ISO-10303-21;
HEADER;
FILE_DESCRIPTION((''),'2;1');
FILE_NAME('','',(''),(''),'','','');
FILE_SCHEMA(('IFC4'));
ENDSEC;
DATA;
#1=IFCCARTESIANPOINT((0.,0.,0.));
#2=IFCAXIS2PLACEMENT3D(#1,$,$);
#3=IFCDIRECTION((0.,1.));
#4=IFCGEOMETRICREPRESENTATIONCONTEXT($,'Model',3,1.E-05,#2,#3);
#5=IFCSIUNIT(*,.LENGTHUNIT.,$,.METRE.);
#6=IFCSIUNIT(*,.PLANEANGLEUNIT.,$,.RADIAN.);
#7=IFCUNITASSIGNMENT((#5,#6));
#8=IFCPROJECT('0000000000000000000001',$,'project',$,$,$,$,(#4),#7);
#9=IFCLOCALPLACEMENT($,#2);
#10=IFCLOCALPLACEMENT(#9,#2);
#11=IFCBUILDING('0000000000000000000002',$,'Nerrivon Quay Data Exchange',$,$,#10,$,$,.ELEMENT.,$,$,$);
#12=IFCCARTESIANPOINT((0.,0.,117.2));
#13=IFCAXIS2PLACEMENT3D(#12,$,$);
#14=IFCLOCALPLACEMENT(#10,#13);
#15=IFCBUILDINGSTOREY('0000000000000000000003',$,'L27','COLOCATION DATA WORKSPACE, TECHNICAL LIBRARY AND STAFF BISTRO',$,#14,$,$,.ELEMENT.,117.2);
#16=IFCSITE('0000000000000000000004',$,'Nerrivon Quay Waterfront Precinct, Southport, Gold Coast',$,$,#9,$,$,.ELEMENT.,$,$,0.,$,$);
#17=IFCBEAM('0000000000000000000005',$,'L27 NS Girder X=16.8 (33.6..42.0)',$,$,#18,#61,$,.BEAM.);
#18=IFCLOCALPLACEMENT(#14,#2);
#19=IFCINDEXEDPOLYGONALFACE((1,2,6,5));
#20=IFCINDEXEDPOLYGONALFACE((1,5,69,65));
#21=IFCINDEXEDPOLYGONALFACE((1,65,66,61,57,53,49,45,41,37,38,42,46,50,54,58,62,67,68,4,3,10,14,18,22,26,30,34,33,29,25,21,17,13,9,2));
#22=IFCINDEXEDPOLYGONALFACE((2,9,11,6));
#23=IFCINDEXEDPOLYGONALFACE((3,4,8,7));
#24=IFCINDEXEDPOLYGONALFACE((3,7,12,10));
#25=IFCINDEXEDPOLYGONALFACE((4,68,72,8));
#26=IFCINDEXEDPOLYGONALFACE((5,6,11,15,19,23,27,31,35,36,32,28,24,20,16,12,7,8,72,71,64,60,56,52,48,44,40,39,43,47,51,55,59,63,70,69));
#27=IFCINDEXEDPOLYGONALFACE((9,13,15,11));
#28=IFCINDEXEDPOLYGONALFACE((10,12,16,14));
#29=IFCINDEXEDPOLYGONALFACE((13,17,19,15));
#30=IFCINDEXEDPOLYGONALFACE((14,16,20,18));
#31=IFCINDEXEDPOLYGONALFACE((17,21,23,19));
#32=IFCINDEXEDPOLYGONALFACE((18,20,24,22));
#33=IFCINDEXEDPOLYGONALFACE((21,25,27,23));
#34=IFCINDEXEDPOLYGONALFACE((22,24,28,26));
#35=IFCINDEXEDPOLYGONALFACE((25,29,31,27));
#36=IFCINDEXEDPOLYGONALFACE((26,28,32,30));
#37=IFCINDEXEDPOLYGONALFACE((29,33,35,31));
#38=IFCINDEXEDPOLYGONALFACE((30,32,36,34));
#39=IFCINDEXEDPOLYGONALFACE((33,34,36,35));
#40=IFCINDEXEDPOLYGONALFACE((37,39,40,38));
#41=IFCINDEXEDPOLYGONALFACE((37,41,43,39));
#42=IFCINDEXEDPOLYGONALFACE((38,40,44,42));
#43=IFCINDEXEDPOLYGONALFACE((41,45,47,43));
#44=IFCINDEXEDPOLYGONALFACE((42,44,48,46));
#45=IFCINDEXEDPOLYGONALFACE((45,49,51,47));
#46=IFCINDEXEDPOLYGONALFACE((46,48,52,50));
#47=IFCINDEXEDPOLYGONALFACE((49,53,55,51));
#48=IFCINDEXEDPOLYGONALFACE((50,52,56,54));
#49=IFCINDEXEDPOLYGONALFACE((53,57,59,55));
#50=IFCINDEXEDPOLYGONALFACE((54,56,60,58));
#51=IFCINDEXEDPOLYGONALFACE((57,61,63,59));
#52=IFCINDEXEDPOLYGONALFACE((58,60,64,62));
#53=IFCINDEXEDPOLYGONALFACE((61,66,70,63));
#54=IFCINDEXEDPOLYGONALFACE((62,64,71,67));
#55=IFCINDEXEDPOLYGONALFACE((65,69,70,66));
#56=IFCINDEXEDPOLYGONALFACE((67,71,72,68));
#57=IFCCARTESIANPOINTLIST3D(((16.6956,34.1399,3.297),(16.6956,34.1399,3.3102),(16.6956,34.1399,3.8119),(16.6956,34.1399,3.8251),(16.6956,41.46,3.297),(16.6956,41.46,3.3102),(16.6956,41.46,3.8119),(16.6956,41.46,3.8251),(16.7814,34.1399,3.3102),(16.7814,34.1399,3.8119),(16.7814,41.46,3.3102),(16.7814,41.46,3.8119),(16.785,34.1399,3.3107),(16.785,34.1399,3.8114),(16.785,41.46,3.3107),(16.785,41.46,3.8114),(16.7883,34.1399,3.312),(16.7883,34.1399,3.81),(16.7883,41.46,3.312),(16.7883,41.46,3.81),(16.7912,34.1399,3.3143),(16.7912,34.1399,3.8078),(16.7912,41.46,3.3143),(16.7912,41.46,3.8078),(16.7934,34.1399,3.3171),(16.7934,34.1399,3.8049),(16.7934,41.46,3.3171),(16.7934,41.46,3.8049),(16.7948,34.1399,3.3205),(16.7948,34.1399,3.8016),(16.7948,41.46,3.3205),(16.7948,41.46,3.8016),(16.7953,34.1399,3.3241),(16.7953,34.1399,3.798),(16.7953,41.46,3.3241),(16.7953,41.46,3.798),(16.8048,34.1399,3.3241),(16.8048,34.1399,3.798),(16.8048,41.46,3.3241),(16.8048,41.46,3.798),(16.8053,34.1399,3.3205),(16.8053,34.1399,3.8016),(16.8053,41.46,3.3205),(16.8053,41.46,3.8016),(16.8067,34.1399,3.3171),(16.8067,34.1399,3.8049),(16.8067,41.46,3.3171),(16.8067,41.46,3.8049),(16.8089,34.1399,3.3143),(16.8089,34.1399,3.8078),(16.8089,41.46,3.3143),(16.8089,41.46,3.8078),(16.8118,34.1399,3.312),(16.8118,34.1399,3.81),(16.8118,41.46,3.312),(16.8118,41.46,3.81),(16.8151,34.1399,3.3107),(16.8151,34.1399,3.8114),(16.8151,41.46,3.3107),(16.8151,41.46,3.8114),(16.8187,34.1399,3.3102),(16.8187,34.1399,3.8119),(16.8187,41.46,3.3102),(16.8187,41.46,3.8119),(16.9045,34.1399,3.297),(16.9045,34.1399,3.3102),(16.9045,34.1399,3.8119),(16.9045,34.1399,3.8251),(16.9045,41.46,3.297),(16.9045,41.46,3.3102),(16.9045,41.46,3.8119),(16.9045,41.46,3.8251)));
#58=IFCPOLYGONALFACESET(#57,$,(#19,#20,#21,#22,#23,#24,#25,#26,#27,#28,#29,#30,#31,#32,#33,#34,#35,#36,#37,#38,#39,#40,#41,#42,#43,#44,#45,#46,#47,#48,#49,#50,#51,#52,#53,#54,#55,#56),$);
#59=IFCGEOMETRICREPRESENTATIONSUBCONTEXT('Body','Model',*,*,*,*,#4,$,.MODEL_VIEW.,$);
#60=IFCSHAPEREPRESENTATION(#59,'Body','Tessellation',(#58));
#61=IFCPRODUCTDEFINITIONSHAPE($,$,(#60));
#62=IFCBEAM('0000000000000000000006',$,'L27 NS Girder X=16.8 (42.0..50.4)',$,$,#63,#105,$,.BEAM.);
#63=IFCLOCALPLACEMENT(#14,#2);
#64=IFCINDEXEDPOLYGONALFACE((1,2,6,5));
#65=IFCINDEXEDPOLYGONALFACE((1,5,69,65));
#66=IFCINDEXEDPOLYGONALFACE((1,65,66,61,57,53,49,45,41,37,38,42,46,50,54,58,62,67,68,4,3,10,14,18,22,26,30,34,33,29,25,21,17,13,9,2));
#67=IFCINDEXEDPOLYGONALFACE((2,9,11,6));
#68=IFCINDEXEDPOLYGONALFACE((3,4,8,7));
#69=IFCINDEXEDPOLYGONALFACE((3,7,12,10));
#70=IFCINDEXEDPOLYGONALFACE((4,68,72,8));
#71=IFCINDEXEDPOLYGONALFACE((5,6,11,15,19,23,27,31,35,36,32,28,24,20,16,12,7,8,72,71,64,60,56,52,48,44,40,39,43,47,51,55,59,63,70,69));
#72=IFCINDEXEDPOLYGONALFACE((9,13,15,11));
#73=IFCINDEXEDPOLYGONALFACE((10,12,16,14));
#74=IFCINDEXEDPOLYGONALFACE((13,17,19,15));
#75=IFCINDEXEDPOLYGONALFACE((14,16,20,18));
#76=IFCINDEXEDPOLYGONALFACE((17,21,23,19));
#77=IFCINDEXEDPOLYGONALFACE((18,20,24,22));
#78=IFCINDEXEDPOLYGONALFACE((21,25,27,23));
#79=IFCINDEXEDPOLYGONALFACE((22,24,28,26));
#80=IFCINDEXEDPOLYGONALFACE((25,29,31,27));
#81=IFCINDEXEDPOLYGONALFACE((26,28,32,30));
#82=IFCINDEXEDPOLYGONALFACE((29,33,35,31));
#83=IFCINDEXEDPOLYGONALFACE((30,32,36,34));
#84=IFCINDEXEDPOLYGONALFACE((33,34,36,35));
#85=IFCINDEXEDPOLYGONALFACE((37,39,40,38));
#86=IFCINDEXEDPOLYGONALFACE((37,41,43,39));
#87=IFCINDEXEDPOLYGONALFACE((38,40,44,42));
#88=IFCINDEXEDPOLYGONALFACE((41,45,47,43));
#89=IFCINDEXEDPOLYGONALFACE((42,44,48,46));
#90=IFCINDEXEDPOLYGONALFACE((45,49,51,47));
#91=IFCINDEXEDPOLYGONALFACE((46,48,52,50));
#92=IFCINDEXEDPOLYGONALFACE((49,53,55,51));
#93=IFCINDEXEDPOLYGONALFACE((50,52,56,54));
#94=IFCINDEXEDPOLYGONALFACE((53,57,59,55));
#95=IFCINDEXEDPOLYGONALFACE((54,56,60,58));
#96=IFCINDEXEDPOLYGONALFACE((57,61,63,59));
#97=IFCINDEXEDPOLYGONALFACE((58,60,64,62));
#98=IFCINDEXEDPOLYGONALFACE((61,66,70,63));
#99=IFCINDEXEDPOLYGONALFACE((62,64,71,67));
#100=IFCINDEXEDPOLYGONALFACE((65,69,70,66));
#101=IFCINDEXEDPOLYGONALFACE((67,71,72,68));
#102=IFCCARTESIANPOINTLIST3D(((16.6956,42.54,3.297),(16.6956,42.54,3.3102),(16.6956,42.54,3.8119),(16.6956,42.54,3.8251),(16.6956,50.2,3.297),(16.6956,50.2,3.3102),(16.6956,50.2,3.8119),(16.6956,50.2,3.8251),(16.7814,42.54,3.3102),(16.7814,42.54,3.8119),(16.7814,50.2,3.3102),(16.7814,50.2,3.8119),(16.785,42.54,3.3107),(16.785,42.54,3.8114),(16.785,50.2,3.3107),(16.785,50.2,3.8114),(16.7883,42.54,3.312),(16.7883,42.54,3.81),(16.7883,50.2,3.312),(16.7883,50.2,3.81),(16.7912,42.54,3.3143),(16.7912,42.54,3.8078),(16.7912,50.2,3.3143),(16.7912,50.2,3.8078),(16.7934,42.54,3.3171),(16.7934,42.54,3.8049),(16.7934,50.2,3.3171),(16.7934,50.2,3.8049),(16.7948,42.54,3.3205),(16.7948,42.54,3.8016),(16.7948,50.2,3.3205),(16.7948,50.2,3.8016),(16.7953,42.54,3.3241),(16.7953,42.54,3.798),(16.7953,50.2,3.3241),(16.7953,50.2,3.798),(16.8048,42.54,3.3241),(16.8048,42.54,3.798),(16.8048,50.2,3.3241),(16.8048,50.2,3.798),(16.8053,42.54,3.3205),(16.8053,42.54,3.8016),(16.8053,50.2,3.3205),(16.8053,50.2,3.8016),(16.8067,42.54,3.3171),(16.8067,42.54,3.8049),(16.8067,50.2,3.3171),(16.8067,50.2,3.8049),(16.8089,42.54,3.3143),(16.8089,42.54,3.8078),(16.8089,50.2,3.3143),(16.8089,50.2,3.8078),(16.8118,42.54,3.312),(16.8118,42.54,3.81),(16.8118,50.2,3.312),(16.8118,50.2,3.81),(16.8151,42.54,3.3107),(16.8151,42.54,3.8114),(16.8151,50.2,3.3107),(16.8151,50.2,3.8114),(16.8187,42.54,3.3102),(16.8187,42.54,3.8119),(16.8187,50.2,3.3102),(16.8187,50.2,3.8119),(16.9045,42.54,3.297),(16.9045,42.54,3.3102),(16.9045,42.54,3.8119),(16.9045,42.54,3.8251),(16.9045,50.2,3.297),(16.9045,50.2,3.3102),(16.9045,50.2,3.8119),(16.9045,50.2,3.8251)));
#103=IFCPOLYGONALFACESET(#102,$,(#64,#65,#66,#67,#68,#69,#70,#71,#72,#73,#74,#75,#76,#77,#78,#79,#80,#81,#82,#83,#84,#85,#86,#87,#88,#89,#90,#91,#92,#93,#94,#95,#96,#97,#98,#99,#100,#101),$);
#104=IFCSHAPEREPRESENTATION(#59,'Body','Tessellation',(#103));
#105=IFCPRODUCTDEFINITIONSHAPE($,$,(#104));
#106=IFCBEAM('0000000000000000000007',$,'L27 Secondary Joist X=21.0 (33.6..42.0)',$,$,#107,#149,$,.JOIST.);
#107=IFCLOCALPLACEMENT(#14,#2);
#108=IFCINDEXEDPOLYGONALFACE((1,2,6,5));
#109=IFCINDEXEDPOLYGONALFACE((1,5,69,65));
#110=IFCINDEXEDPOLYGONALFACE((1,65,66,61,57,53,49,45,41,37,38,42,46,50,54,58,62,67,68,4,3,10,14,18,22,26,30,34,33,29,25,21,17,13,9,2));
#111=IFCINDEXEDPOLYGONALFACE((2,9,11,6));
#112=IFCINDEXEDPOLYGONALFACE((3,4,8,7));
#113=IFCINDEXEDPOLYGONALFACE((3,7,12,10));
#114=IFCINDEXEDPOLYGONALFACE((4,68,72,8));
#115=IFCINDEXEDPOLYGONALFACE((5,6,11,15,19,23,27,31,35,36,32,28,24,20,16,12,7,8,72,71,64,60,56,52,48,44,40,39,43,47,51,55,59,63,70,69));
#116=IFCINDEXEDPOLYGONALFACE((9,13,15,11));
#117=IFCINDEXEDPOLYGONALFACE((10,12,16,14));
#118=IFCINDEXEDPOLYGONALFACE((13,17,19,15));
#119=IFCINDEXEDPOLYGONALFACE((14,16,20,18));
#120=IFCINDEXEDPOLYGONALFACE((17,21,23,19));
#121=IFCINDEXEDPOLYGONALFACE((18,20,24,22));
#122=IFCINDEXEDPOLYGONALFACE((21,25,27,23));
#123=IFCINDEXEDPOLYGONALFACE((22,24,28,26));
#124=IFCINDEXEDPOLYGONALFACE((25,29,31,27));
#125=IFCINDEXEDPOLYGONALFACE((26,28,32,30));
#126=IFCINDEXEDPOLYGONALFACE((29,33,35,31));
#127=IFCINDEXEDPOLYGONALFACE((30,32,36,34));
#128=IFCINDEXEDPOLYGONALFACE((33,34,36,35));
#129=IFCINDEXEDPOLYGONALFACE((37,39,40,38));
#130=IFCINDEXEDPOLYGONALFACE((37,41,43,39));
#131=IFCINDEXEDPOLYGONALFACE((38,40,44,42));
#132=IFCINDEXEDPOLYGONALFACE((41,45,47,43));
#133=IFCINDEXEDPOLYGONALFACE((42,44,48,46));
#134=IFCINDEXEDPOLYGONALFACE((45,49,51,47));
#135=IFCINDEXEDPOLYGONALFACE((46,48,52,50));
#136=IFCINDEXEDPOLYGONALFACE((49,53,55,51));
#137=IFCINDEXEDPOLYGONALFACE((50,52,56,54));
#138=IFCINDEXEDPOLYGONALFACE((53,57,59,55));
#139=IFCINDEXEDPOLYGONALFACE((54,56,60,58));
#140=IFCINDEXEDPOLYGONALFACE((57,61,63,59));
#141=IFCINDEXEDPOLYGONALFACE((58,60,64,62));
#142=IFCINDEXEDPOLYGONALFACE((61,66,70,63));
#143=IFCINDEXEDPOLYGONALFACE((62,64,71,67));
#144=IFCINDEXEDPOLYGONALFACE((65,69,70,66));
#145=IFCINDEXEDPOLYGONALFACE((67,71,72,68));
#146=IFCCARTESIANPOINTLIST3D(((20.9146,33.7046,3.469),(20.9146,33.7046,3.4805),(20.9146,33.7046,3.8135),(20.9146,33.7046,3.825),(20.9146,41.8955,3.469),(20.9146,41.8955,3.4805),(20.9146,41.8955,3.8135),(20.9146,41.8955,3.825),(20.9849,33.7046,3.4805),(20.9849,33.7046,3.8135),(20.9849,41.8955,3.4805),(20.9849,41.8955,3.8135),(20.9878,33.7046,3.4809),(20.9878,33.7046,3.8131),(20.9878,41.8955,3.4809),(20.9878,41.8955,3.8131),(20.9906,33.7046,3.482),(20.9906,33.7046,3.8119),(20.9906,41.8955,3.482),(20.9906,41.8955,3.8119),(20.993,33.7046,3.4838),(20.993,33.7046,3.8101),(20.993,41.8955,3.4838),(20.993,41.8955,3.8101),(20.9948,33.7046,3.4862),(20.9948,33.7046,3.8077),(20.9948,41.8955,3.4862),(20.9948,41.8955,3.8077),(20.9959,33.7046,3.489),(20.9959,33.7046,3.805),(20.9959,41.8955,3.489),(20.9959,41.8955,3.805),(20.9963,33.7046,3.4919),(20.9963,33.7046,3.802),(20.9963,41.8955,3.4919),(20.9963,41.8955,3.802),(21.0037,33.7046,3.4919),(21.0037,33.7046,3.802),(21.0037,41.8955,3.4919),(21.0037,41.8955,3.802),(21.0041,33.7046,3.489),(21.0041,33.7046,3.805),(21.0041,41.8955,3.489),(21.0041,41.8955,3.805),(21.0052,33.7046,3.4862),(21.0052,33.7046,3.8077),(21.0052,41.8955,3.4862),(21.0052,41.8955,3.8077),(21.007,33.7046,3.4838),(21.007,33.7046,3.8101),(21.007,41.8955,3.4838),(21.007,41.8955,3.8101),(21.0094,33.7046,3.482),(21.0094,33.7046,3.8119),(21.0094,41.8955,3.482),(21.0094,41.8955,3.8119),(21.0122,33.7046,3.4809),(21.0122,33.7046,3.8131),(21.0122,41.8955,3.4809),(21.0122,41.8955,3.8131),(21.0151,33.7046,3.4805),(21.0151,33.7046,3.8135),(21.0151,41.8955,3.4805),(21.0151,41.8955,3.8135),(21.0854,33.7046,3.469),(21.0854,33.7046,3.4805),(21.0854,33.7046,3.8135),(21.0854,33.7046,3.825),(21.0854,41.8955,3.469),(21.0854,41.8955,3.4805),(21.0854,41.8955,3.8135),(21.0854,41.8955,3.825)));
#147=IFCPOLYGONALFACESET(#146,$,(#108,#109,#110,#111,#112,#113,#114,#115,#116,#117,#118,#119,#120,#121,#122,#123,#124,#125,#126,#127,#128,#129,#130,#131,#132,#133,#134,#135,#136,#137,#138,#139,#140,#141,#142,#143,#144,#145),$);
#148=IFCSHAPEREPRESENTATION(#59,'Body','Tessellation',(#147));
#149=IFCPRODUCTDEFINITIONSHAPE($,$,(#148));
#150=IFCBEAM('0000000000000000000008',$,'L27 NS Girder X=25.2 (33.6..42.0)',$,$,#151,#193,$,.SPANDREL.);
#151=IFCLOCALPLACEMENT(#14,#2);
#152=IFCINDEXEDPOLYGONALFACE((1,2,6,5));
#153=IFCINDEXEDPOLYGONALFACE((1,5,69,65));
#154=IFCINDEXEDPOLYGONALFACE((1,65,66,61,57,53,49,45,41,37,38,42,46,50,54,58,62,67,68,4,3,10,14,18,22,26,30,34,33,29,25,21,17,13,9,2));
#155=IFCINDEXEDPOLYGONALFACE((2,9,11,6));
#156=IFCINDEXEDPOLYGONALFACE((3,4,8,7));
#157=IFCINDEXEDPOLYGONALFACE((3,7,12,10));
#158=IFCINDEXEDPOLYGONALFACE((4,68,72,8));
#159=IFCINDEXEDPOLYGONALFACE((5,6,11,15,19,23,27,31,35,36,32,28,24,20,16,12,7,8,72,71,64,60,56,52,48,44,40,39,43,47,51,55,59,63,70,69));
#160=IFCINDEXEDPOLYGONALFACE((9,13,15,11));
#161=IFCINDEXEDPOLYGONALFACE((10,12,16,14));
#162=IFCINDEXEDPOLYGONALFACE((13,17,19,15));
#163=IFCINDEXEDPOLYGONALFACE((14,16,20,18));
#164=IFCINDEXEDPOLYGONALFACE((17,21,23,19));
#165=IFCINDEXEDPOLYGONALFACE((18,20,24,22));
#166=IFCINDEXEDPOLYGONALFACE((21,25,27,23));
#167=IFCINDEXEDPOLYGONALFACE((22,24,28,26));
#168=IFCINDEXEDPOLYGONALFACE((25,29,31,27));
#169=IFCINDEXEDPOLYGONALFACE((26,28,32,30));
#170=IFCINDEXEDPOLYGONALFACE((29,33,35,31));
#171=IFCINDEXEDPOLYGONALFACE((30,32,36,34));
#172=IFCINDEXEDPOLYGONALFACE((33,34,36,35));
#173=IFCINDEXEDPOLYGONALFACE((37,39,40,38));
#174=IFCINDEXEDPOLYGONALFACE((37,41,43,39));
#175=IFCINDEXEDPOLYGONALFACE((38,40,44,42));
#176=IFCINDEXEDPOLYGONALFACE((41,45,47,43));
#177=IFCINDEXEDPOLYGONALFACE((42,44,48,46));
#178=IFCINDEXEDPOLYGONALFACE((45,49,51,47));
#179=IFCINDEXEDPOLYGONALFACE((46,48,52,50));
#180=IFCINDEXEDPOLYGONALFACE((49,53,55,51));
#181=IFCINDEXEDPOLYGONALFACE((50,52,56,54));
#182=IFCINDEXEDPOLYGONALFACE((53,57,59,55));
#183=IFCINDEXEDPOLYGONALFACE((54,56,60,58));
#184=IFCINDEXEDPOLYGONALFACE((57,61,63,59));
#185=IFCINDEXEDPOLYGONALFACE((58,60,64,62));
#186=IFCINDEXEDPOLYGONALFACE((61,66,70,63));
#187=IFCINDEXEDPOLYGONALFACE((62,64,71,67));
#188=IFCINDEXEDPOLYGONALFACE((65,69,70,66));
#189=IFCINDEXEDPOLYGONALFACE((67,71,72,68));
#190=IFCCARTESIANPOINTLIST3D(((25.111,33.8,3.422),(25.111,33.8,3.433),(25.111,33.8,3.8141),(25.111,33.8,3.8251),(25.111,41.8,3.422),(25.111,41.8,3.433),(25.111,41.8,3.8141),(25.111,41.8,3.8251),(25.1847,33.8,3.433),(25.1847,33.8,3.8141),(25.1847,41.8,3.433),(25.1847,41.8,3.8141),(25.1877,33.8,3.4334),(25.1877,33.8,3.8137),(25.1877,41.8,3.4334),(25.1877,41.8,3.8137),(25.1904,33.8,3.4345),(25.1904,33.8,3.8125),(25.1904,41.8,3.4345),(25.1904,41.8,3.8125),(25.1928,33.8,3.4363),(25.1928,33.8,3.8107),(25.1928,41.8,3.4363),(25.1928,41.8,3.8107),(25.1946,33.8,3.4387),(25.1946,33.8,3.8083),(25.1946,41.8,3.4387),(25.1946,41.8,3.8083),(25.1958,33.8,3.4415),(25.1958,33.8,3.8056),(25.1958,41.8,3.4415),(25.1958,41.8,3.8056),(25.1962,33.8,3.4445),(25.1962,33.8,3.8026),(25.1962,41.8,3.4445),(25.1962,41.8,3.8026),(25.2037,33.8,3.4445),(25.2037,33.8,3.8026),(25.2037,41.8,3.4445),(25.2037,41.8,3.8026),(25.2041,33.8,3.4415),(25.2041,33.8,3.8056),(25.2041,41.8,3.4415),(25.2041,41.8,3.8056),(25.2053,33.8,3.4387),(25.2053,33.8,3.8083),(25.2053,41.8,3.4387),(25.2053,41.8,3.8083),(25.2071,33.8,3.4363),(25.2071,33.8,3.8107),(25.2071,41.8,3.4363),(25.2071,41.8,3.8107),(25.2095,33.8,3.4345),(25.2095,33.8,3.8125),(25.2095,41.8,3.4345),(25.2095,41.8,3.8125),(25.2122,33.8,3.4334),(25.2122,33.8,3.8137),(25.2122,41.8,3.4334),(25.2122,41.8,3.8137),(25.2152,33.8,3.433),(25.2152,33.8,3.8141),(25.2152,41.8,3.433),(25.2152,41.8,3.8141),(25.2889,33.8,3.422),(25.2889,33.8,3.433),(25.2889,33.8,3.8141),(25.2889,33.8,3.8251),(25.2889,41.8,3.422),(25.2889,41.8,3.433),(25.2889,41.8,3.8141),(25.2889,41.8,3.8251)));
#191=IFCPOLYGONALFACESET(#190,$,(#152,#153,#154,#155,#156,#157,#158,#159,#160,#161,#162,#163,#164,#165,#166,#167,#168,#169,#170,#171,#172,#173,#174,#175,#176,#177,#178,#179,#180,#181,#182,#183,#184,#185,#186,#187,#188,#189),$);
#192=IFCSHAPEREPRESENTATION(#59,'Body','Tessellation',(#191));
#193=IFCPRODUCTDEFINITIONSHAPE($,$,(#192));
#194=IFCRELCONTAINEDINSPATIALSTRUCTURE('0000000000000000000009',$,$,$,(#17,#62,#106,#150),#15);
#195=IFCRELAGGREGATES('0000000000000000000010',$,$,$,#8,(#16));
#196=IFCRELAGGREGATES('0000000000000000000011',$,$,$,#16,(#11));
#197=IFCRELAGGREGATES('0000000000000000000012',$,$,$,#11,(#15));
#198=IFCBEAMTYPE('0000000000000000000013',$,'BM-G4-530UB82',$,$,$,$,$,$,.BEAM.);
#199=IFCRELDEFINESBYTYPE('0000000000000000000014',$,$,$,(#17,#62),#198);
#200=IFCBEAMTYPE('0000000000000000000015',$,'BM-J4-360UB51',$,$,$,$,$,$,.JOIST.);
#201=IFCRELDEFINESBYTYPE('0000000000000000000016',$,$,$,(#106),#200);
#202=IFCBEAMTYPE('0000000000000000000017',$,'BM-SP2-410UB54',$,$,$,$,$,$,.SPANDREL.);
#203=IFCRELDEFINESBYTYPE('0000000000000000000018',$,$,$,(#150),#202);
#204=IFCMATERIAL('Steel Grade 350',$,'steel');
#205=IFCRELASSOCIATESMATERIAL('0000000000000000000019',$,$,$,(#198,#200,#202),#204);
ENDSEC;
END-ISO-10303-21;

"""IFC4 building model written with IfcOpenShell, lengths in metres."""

from ifc_helpers import new_model, si_unit, direction, frame, origin, origin_2d, place, context, subcontext, project, spatial, i_section, extrude, material, material_profile, profile_set, type_object, element, save


model = new_model("IFC4")

# Units and contexts
model_context = context("Model", 3, precision=1e-05, world=origin(), true_north=direction((0.0, 1.0)))
body_context = subcontext(model_context, "Body", "Model", "MODEL_VIEW")
ifc_project = project(units=[si_unit("LENGTHUNIT", "METRE"), si_unit("PLANEANGLEUNIT", "RADIAN")], contexts=[model_context])

# Site, building, storey
site_placement = place(None, origin())
site = spatial("IfcSite", under=ifc_project, at=site_placement, Name="Nerrivon Quay Waterfront Precinct, Southport, Gold Coast", CompositionType="ELEMENT", RefElevation=0.0)
building_placement = place(site_placement, origin())
building = spatial("IfcBuilding", under=site, at=building_placement, Name="Nerrivon Quay Data Exchange", CompositionType="ELEMENT")
storey_placement = place(building_placement, frame((0.0, 0.0, 117.2)))
storey = spatial("IfcBuildingStorey", under=building, at=storey_placement, Name="L27", Description="COLOCATION DATA WORKSPACE, TECHNICAL LIBRARY AND STAFF BISTRO", CompositionType="ELEMENT", Elevation=117.2)

# Shared definitions
ifc_material_1 = material(Name="Steel Grade 350", Category="steel")

# Beams
ifc_material_profile_1 = material_profile(ifc_material_1, i_section(OverallWidth=0.209, OverallDepth=0.5281, WebThickness=0.0095, FlangeThickness=0.0132, FilletRadius=0.0139, at=origin_2d()), Name="530UB82.0")
ifc_profile_set_1 = profile_set([ifc_material_profile_1], Name="Steel Grade 350")
beam_type_1 = type_object("IfcBeamType", Name="BM-G4-530UB82", PredefinedType="BEAM", material=ifc_profile_set_1)
beam_1_placement = place(storey_placement, frame((16.8, 34.1399, 3.561), z_axis=(0.0, 1.0, 0.0), x_axis=(-1.0, 0.0, 0.0)))
element("IfcBeam", 1, at=beam_1_placement, inside=storey, type_object=beam_type_1, Name="L27 NS Girder X=16.8 (33.6..42.0)", PredefinedType="BEAM", context=body_context, shape_type="SweptSolid", body=[
    extrude(i_section(OverallWidth=0.209, OverallDepth=0.5281, WebThickness=0.0095, FlangeThickness=0.0132, FilletRadius=0.0139, at=origin_2d()), origin(), (0.0, 0.0, 1.0), 7.3201),
])
beam_2_placement = place(storey_placement, frame((16.8, 42.54, 3.561), z_axis=(0.0, 1.0, 0.0), x_axis=(-1.0, 0.0, 0.0)))
element("IfcBeam", 2, at=beam_2_placement, inside=storey, type_object=beam_type_1, Name="L27 NS Girder X=16.8 (42.0..50.4)", PredefinedType="BEAM", context=body_context, shape_type="SweptSolid", body=[
    extrude(i_section(OverallWidth=0.209, OverallDepth=0.5281, WebThickness=0.0095, FlangeThickness=0.0132, FilletRadius=0.0139, at=origin_2d()), origin(), (0.0, 0.0, 1.0), 7.6599),
])
ifc_material_profile_2 = material_profile(ifc_material_1, i_section(OverallWidth=0.1709, OverallDepth=0.356, WebThickness=0.0073, FlangeThickness=0.0115, FilletRadius=0.0115, at=origin_2d()), Name="360UB50.7")
ifc_profile_set_2 = profile_set([ifc_material_profile_2], Name="Steel Grade 350")
beam_type_2 = type_object("IfcBeamType", Name="BM-J4-360UB51", PredefinedType="JOIST", material=ifc_profile_set_2)
beam_3_placement = place(storey_placement, frame((21.0, 33.7046, 3.647), z_axis=(0.0, 1.0, 0.0), x_axis=(-1.0, 0.0, 0.0)))
element("IfcBeam", 3, at=beam_3_placement, inside=storey, type_object=beam_type_2, Name="L27 Secondary Joist X=21.0 (33.6..42.0)", PredefinedType="JOIST", context=body_context, shape_type="SweptSolid", body=[
    extrude(i_section(OverallWidth=0.1709, OverallDepth=0.356, WebThickness=0.0073, FlangeThickness=0.0115, FilletRadius=0.0115, at=origin_2d()), origin(), (0.0, 0.0, 1.0), 8.1909),
])
ifc_material_profile_3 = material_profile(ifc_material_1, i_section(OverallWidth=0.178, OverallDepth=0.4031, WebThickness=0.0076, FlangeThickness=0.011, FilletRadius=0.0115, at=origin_2d()), Name="410UB53.7")
ifc_profile_set_3 = profile_set([ifc_material_profile_3], Name="Steel Grade 350")
beam_type_3 = type_object("IfcBeamType", Name="BM-SP2-410UB54", PredefinedType="SPANDREL", material=ifc_profile_set_3)
beam_4_placement = place(storey_placement, frame((25.2, 33.8, 3.6235), z_axis=(0.0, 1.0, 0.0), x_axis=(-1.0, 0.0, 0.0)))
element("IfcBeam", 4, at=beam_4_placement, inside=storey, type_object=beam_type_3, Name="L27 NS Girder X=25.2 (33.6..42.0)", PredefinedType="SPANDREL", context=body_context, shape_type="SweptSolid", body=[
    extrude(i_section(OverallWidth=0.178, OverallDepth=0.4031, WebThickness=0.0076, FlangeThickness=0.011, FilletRadius=0.0115, at=origin_2d()), origin(), (0.0, 0.0, 1.0), 8.0),
])

save(model, "model.ifc")
